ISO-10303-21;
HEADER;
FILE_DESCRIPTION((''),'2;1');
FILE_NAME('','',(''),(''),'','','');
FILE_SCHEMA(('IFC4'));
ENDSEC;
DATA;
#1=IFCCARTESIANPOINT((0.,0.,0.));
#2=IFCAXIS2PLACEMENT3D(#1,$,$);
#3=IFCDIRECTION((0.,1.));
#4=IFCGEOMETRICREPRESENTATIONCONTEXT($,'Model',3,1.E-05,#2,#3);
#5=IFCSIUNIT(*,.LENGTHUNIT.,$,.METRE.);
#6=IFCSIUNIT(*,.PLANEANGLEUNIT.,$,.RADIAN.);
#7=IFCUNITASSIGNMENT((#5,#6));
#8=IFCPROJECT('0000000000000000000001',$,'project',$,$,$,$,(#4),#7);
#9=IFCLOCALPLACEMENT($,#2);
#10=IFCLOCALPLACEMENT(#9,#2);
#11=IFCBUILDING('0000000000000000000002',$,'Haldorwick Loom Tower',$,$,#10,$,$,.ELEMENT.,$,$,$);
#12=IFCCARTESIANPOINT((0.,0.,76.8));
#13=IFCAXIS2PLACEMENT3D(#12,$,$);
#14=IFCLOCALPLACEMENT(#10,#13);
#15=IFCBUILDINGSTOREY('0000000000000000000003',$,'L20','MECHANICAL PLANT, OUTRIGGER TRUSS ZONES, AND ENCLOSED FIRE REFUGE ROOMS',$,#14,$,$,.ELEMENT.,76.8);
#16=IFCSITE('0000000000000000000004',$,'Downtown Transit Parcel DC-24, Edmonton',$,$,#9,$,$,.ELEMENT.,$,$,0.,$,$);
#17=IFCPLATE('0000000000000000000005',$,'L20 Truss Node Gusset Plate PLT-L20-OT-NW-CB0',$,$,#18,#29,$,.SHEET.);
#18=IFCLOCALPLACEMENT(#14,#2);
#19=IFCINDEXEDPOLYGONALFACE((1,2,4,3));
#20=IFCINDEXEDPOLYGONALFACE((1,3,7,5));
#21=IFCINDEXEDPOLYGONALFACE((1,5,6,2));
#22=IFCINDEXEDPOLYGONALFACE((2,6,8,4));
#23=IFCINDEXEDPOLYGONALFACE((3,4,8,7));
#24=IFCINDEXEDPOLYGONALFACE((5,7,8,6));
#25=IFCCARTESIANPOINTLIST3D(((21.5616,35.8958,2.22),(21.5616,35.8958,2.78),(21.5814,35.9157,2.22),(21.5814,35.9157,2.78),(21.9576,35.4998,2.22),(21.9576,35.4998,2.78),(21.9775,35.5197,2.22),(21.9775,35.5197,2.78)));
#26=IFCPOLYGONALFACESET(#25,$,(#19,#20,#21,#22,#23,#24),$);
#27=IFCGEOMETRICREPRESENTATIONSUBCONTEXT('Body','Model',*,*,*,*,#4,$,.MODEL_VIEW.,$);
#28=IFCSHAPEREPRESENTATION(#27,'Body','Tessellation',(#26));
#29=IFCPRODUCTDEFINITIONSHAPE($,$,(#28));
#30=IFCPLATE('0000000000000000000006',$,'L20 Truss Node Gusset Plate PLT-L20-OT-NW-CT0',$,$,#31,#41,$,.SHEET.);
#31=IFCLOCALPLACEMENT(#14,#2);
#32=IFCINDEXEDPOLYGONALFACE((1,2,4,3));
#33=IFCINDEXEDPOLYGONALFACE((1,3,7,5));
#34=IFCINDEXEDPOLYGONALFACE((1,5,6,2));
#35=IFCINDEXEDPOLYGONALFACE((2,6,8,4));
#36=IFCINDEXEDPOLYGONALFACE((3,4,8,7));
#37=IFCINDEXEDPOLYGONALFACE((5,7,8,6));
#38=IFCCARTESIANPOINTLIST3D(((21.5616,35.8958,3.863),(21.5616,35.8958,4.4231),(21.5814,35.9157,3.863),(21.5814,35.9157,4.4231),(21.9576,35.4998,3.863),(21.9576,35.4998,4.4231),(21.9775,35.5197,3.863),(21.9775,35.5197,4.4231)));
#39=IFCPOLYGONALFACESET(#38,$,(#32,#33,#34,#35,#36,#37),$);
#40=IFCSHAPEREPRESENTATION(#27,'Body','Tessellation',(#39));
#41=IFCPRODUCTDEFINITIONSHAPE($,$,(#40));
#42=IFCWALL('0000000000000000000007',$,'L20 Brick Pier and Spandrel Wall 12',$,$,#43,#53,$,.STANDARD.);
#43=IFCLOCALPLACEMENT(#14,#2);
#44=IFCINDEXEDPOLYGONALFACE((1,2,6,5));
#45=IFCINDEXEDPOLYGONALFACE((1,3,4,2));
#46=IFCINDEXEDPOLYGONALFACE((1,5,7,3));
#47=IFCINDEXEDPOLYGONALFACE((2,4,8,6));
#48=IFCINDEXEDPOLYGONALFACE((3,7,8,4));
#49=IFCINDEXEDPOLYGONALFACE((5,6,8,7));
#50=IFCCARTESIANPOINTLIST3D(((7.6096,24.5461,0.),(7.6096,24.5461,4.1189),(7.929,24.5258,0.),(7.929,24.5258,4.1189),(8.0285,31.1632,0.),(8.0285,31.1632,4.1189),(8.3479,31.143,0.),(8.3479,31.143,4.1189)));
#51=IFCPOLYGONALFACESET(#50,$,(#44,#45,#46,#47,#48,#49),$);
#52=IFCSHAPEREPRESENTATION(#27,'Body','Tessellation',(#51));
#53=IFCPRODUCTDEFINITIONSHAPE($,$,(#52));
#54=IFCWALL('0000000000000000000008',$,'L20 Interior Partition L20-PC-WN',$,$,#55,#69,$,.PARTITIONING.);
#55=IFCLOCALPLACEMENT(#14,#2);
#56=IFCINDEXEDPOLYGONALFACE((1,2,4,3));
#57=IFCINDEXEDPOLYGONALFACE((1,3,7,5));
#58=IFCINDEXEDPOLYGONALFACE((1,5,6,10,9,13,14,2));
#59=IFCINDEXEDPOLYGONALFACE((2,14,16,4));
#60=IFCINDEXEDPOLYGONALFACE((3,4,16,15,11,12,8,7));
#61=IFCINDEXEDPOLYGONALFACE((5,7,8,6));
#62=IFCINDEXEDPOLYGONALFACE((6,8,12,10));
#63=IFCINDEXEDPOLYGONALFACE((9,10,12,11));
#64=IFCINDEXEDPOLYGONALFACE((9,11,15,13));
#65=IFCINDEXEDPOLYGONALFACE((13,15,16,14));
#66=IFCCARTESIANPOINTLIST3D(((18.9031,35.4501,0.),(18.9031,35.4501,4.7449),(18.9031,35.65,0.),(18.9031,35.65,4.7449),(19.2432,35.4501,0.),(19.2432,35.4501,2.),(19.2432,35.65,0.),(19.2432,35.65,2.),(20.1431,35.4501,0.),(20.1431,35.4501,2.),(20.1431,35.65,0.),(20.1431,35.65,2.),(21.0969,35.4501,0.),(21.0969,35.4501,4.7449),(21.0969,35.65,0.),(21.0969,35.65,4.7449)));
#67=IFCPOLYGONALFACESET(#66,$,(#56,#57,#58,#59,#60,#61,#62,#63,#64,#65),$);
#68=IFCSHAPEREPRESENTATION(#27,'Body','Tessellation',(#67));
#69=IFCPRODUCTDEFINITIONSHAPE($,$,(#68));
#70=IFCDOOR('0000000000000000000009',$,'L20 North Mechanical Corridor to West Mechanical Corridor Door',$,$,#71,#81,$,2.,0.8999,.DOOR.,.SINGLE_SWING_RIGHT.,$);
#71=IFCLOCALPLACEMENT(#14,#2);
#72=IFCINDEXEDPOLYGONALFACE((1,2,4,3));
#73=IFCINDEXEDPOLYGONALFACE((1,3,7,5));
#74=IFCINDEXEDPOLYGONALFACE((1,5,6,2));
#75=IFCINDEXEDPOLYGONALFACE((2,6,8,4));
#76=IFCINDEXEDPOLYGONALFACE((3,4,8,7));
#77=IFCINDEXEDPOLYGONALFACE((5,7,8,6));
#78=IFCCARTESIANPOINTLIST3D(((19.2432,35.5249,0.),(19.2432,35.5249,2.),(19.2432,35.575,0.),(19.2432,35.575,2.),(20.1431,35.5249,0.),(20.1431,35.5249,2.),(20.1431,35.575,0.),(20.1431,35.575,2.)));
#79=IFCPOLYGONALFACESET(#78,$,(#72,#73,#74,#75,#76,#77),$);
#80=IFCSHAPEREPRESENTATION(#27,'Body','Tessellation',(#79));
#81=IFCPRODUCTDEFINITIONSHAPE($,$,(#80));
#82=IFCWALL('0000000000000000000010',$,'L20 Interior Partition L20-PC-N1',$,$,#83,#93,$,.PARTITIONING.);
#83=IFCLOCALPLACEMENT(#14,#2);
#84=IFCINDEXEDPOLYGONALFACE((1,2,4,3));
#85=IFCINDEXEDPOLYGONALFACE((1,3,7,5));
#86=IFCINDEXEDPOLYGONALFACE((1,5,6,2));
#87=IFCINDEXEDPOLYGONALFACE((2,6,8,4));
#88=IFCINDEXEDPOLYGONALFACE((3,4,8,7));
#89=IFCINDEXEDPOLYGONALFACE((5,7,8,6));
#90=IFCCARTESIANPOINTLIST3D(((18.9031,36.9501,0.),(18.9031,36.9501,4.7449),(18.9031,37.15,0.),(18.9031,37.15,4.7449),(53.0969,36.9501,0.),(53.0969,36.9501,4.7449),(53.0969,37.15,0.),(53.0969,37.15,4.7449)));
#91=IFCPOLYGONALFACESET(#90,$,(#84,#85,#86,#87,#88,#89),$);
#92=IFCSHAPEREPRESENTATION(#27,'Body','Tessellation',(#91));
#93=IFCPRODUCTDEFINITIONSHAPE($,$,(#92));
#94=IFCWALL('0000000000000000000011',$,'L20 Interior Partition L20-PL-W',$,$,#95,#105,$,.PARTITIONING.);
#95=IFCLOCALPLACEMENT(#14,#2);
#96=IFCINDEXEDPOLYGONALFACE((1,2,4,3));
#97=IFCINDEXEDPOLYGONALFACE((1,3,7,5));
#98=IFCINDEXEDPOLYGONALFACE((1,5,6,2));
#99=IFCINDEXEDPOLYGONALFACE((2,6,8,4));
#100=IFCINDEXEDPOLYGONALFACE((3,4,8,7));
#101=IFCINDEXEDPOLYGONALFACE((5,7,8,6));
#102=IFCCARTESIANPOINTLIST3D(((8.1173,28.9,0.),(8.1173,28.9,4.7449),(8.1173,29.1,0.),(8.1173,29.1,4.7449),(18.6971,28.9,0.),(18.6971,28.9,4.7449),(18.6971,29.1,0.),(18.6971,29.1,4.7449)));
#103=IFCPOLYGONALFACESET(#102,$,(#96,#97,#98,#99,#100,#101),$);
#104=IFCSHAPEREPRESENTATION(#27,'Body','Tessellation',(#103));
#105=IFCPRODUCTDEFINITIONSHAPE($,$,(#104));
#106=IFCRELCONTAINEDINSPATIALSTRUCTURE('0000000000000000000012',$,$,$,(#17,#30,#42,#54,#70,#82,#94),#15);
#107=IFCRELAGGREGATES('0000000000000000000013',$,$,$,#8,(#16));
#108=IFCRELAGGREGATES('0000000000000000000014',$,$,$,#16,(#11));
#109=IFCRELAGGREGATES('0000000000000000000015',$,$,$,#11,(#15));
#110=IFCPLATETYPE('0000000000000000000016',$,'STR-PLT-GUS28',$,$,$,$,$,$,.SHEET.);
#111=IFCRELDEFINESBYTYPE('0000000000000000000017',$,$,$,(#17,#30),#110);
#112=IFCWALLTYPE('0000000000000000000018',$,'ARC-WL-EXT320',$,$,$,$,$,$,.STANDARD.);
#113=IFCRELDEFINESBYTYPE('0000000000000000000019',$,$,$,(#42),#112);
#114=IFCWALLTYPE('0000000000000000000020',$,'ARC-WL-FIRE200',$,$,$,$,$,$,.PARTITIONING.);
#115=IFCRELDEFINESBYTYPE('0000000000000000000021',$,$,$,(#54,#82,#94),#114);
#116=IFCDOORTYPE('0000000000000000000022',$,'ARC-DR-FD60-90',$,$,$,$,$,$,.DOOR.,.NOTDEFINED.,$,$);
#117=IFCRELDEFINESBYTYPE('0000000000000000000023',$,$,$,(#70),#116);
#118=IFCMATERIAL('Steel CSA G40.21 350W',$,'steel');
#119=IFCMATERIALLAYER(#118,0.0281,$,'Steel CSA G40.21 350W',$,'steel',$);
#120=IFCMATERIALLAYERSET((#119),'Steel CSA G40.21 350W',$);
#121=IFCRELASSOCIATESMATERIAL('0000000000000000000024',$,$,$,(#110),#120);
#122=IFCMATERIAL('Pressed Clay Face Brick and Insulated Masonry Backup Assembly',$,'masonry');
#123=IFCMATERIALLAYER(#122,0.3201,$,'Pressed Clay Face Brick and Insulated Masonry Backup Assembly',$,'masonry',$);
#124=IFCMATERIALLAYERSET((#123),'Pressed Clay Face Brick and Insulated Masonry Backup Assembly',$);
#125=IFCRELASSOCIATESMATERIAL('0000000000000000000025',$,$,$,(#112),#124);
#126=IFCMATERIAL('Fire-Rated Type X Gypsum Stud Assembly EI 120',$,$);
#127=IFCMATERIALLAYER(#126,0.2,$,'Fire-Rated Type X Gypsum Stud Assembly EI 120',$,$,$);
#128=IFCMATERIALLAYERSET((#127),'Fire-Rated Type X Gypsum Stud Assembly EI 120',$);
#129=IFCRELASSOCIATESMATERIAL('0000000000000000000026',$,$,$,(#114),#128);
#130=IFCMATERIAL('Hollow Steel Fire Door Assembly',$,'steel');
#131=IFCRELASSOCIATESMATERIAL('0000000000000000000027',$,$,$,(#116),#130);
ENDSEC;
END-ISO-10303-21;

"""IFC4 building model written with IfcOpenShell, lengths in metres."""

from ifc_helpers import new_model, si_unit, direction, frame, frame_2d, origin, origin_2d, place, context, subcontext, project, spatial, rectangle, extrude, material, layer, layer_set, type_object, element, fill, save


model = new_model("IFC4")

# Units and contexts
model_context = context("Model", 3, precision=1e-05, world=origin(), true_north=direction((0.0, 1.0)))
body_context = subcontext(model_context, "Body", "Model", "MODEL_VIEW")
ifc_project = project(units=[si_unit("LENGTHUNIT", "METRE"), si_unit("PLANEANGLEUNIT", "RADIAN")], contexts=[model_context])

# Site, building, storey
site_placement = place(None, origin())
site = spatial("IfcSite", under=ifc_project, at=site_placement, Name="Downtown Transit Parcel DC-24, Edmonton", CompositionType="ELEMENT", RefElevation=0.0)
building_placement = place(site_placement, origin())
building = spatial("IfcBuilding", under=site, at=building_placement, Name="Haldorwick Loom Tower", CompositionType="ELEMENT")
storey_placement = place(building_placement, frame((0.0, 0.0, 76.8)))
storey = spatial("IfcBuildingStorey", under=building, at=storey_placement, Name="L20", Description="MECHANICAL PLANT, OUTRIGGER TRUSS ZONES, AND ENCLOSED FIRE REFUGE ROOMS", CompositionType="ELEMENT", Elevation=76.8)

# Shared definitions
ifc_material_1 = material(Name="Steel CSA G40.21 350W", Category="steel")

# Plates
ifc_layer_1 = layer(ifc_material_1, 0.0281, Name="Steel CSA G40.21 350W", Category="steel")
ifc_layer_set_1 = layer_set([ifc_layer_1], Name="Steel CSA G40.21 350W")
plate_type = type_object("IfcPlateType", Name="STR-PLT-GUS28", PredefinedType="SHEET", material=ifc_layer_set_1)
for number, where, z_axis, x_axis, name in (
    (1, (21.7695, 35.7078, 2.22), (0.0, 0.0, 1.0), (-0.707107, 0.707107, 0.0), "L20 Truss Node Gusset Plate PLT-L20-OT-NW-CB0"),
    (2, (21.7695, 35.7078, 3.863), (0.0, 0.0, 1.0), (-0.707107, 0.707107, 0.0), "L20 Truss Node Gusset Plate PLT-L20-OT-NW-CT0"),
):
    element("IfcPlate", number, at=place(storey_placement, frame(where, z_axis=z_axis, x_axis=x_axis)), inside=storey, type_object=plate_type, Name=name, PredefinedType="SHEET", context=body_context, shape_type="SweptSolid", body=[
        extrude(rectangle(XDim=0.5601, YDim=0.0281, at=origin_2d()), origin(), (0.0, 0.0, 1.0), 0.5601),
    ])

# Wall
ifc_material_2 = material(Name="Pressed Clay Face Brick and Insulated Masonry Backup Assembly", Category="masonry")
ifc_layer_2 = layer(ifc_material_2, 0.3201, Name="Pressed Clay Face Brick and Insulated Masonry Backup Assembly", Category="masonry")
ifc_layer_set_2 = layer_set([ifc_layer_2], Name="Pressed Clay Face Brick and Insulated Masonry Backup Assembly")
wall_type_1 = type_object("IfcWallType", Name="ARC-WL-EXT320", PredefinedType="STANDARD", material=ifc_layer_set_2)
wall_1_placement = place(storey_placement, frame((8.1882, 31.1531, 0.0), z_axis=(0.0, 0.0, 1.0), x_axis=(-0.063185, -0.998002, 0.0)))
element("IfcWall", 3, at=wall_1_placement, inside=storey, type_object=wall_type_1, Name="L20 Brick Pier and Spandrel Wall 12", PredefinedType="STANDARD", context=body_context, shape_type="SweptSolid", body=[
    extrude(rectangle(XDim=6.6304, YDim=0.3201, at=frame_2d((3.3152, 0.0))), origin(), (0.0, 0.0, 1.0), 4.1189),
])

# Wall, opening, door
ifc_material_3 = material(Name="Fire-Rated Type X Gypsum Stud Assembly EI 120")
ifc_layer_3 = layer(ifc_material_3, 0.2, Name="Fire-Rated Type X Gypsum Stud Assembly EI 120")
ifc_layer_set_3 = layer_set([ifc_layer_3], Name="Fire-Rated Type X Gypsum Stud Assembly EI 120")
wall_type_2 = type_object("IfcWallType", Name="ARC-WL-FIRE200", PredefinedType="PARTITIONING", material=ifc_layer_set_3)
wall_2_placement = place(storey_placement, frame((18.9031, 35.55, 0.0), z_axis=(0.0, 0.0, 1.0), x_axis=(1.0, 0.0, 0.0)))
wall_2 = element("IfcWall", 4, at=wall_2_placement, inside=storey, type_object=wall_type_2, Name="L20 Interior Partition L20-PC-WN", PredefinedType="PARTITIONING", context=body_context, shape_type="SweptSolid", body=[
    extrude(rectangle(XDim=2.1938, YDim=0.2, at=frame_2d((1.0969, 0.0))), origin(), (0.0, 0.0, 1.0), 4.7449),
])
opening_placement = place(wall_2_placement, frame((0.3401, 0.0, 0.0)))
opening = element("IfcOpeningElement", 5, at=opening_placement, cuts=wall_2, PredefinedType="OPENING", context=body_context, shape_type="SweptSolid", body=[
    extrude(rectangle(XDim=0.8999, YDim=2.0, at=frame_2d((0.45, 1.0))), frame((0.0, 0.1099, 0.0), z_axis=(0.0, -1.0, 0.0), x_axis=(1.0, 0.0, 0.0)), (0.0, 0.0, 1.0), 0.22),
])
ifc_material_4 = material(Name="Hollow Steel Fire Door Assembly", Category="steel")
door_type = type_object("IfcDoorType", Name="ARC-DR-FD60-90", OperationType="NOTDEFINED", PredefinedType="DOOR", material=ifc_material_4)
door_placement = place(opening_placement, origin())
door = element("IfcDoor", 6, at=door_placement, inside=storey, type_object=door_type, Name="L20 North Mechanical Corridor to West Mechanical Corridor Door", OperationType="SINGLE_SWING_RIGHT", OverallHeight=2.0, OverallWidth=0.8999, PredefinedType="DOOR", context=body_context, shape_type="SweptSolid", body=[
    extrude(rectangle(XDim=0.8999, YDim=2.0, at=frame_2d((0.45, 1.0))), frame((0.0, 0.0249, 0.0), z_axis=(0.0, -1.0, 0.0), x_axis=(1.0, 0.0, 0.0)), (0.0, 0.0, 1.0), 0.05),
])
fill(opening, door)

# Walls
wall_3_placement = place(storey_placement, frame((18.9031, 37.05, 0.0), z_axis=(0.0, 0.0, 1.0), x_axis=(1.0, 0.0, 0.0)))
element("IfcWall", 7, at=wall_3_placement, inside=storey, type_object=wall_type_2, Name="L20 Interior Partition L20-PC-N1", PredefinedType="PARTITIONING", context=body_context, shape_type="SweptSolid", body=[
    extrude(rectangle(XDim=34.1938, YDim=0.2, at=frame_2d((17.0969, 0.0))), origin(), (0.0, 0.0, 1.0), 4.7449),
])
wall_4_placement = place(storey_placement, frame((8.1172, 29.0, 0.0), z_axis=(0.0, 0.0, 1.0), x_axis=(1.0, 0.0, 0.0)))
element("IfcWall", 8, at=wall_4_placement, inside=storey, type_object=wall_type_2, Name="L20 Interior Partition L20-PL-W", PredefinedType="PARTITIONING", context=body_context, shape_type="SweptSolid", body=[
    extrude(rectangle(XDim=10.5798, YDim=0.2, at=frame_2d((5.29, 0.0))), origin(), (0.0, 0.0, 1.0), 4.7449),
])

save(model, "model.ifc")
